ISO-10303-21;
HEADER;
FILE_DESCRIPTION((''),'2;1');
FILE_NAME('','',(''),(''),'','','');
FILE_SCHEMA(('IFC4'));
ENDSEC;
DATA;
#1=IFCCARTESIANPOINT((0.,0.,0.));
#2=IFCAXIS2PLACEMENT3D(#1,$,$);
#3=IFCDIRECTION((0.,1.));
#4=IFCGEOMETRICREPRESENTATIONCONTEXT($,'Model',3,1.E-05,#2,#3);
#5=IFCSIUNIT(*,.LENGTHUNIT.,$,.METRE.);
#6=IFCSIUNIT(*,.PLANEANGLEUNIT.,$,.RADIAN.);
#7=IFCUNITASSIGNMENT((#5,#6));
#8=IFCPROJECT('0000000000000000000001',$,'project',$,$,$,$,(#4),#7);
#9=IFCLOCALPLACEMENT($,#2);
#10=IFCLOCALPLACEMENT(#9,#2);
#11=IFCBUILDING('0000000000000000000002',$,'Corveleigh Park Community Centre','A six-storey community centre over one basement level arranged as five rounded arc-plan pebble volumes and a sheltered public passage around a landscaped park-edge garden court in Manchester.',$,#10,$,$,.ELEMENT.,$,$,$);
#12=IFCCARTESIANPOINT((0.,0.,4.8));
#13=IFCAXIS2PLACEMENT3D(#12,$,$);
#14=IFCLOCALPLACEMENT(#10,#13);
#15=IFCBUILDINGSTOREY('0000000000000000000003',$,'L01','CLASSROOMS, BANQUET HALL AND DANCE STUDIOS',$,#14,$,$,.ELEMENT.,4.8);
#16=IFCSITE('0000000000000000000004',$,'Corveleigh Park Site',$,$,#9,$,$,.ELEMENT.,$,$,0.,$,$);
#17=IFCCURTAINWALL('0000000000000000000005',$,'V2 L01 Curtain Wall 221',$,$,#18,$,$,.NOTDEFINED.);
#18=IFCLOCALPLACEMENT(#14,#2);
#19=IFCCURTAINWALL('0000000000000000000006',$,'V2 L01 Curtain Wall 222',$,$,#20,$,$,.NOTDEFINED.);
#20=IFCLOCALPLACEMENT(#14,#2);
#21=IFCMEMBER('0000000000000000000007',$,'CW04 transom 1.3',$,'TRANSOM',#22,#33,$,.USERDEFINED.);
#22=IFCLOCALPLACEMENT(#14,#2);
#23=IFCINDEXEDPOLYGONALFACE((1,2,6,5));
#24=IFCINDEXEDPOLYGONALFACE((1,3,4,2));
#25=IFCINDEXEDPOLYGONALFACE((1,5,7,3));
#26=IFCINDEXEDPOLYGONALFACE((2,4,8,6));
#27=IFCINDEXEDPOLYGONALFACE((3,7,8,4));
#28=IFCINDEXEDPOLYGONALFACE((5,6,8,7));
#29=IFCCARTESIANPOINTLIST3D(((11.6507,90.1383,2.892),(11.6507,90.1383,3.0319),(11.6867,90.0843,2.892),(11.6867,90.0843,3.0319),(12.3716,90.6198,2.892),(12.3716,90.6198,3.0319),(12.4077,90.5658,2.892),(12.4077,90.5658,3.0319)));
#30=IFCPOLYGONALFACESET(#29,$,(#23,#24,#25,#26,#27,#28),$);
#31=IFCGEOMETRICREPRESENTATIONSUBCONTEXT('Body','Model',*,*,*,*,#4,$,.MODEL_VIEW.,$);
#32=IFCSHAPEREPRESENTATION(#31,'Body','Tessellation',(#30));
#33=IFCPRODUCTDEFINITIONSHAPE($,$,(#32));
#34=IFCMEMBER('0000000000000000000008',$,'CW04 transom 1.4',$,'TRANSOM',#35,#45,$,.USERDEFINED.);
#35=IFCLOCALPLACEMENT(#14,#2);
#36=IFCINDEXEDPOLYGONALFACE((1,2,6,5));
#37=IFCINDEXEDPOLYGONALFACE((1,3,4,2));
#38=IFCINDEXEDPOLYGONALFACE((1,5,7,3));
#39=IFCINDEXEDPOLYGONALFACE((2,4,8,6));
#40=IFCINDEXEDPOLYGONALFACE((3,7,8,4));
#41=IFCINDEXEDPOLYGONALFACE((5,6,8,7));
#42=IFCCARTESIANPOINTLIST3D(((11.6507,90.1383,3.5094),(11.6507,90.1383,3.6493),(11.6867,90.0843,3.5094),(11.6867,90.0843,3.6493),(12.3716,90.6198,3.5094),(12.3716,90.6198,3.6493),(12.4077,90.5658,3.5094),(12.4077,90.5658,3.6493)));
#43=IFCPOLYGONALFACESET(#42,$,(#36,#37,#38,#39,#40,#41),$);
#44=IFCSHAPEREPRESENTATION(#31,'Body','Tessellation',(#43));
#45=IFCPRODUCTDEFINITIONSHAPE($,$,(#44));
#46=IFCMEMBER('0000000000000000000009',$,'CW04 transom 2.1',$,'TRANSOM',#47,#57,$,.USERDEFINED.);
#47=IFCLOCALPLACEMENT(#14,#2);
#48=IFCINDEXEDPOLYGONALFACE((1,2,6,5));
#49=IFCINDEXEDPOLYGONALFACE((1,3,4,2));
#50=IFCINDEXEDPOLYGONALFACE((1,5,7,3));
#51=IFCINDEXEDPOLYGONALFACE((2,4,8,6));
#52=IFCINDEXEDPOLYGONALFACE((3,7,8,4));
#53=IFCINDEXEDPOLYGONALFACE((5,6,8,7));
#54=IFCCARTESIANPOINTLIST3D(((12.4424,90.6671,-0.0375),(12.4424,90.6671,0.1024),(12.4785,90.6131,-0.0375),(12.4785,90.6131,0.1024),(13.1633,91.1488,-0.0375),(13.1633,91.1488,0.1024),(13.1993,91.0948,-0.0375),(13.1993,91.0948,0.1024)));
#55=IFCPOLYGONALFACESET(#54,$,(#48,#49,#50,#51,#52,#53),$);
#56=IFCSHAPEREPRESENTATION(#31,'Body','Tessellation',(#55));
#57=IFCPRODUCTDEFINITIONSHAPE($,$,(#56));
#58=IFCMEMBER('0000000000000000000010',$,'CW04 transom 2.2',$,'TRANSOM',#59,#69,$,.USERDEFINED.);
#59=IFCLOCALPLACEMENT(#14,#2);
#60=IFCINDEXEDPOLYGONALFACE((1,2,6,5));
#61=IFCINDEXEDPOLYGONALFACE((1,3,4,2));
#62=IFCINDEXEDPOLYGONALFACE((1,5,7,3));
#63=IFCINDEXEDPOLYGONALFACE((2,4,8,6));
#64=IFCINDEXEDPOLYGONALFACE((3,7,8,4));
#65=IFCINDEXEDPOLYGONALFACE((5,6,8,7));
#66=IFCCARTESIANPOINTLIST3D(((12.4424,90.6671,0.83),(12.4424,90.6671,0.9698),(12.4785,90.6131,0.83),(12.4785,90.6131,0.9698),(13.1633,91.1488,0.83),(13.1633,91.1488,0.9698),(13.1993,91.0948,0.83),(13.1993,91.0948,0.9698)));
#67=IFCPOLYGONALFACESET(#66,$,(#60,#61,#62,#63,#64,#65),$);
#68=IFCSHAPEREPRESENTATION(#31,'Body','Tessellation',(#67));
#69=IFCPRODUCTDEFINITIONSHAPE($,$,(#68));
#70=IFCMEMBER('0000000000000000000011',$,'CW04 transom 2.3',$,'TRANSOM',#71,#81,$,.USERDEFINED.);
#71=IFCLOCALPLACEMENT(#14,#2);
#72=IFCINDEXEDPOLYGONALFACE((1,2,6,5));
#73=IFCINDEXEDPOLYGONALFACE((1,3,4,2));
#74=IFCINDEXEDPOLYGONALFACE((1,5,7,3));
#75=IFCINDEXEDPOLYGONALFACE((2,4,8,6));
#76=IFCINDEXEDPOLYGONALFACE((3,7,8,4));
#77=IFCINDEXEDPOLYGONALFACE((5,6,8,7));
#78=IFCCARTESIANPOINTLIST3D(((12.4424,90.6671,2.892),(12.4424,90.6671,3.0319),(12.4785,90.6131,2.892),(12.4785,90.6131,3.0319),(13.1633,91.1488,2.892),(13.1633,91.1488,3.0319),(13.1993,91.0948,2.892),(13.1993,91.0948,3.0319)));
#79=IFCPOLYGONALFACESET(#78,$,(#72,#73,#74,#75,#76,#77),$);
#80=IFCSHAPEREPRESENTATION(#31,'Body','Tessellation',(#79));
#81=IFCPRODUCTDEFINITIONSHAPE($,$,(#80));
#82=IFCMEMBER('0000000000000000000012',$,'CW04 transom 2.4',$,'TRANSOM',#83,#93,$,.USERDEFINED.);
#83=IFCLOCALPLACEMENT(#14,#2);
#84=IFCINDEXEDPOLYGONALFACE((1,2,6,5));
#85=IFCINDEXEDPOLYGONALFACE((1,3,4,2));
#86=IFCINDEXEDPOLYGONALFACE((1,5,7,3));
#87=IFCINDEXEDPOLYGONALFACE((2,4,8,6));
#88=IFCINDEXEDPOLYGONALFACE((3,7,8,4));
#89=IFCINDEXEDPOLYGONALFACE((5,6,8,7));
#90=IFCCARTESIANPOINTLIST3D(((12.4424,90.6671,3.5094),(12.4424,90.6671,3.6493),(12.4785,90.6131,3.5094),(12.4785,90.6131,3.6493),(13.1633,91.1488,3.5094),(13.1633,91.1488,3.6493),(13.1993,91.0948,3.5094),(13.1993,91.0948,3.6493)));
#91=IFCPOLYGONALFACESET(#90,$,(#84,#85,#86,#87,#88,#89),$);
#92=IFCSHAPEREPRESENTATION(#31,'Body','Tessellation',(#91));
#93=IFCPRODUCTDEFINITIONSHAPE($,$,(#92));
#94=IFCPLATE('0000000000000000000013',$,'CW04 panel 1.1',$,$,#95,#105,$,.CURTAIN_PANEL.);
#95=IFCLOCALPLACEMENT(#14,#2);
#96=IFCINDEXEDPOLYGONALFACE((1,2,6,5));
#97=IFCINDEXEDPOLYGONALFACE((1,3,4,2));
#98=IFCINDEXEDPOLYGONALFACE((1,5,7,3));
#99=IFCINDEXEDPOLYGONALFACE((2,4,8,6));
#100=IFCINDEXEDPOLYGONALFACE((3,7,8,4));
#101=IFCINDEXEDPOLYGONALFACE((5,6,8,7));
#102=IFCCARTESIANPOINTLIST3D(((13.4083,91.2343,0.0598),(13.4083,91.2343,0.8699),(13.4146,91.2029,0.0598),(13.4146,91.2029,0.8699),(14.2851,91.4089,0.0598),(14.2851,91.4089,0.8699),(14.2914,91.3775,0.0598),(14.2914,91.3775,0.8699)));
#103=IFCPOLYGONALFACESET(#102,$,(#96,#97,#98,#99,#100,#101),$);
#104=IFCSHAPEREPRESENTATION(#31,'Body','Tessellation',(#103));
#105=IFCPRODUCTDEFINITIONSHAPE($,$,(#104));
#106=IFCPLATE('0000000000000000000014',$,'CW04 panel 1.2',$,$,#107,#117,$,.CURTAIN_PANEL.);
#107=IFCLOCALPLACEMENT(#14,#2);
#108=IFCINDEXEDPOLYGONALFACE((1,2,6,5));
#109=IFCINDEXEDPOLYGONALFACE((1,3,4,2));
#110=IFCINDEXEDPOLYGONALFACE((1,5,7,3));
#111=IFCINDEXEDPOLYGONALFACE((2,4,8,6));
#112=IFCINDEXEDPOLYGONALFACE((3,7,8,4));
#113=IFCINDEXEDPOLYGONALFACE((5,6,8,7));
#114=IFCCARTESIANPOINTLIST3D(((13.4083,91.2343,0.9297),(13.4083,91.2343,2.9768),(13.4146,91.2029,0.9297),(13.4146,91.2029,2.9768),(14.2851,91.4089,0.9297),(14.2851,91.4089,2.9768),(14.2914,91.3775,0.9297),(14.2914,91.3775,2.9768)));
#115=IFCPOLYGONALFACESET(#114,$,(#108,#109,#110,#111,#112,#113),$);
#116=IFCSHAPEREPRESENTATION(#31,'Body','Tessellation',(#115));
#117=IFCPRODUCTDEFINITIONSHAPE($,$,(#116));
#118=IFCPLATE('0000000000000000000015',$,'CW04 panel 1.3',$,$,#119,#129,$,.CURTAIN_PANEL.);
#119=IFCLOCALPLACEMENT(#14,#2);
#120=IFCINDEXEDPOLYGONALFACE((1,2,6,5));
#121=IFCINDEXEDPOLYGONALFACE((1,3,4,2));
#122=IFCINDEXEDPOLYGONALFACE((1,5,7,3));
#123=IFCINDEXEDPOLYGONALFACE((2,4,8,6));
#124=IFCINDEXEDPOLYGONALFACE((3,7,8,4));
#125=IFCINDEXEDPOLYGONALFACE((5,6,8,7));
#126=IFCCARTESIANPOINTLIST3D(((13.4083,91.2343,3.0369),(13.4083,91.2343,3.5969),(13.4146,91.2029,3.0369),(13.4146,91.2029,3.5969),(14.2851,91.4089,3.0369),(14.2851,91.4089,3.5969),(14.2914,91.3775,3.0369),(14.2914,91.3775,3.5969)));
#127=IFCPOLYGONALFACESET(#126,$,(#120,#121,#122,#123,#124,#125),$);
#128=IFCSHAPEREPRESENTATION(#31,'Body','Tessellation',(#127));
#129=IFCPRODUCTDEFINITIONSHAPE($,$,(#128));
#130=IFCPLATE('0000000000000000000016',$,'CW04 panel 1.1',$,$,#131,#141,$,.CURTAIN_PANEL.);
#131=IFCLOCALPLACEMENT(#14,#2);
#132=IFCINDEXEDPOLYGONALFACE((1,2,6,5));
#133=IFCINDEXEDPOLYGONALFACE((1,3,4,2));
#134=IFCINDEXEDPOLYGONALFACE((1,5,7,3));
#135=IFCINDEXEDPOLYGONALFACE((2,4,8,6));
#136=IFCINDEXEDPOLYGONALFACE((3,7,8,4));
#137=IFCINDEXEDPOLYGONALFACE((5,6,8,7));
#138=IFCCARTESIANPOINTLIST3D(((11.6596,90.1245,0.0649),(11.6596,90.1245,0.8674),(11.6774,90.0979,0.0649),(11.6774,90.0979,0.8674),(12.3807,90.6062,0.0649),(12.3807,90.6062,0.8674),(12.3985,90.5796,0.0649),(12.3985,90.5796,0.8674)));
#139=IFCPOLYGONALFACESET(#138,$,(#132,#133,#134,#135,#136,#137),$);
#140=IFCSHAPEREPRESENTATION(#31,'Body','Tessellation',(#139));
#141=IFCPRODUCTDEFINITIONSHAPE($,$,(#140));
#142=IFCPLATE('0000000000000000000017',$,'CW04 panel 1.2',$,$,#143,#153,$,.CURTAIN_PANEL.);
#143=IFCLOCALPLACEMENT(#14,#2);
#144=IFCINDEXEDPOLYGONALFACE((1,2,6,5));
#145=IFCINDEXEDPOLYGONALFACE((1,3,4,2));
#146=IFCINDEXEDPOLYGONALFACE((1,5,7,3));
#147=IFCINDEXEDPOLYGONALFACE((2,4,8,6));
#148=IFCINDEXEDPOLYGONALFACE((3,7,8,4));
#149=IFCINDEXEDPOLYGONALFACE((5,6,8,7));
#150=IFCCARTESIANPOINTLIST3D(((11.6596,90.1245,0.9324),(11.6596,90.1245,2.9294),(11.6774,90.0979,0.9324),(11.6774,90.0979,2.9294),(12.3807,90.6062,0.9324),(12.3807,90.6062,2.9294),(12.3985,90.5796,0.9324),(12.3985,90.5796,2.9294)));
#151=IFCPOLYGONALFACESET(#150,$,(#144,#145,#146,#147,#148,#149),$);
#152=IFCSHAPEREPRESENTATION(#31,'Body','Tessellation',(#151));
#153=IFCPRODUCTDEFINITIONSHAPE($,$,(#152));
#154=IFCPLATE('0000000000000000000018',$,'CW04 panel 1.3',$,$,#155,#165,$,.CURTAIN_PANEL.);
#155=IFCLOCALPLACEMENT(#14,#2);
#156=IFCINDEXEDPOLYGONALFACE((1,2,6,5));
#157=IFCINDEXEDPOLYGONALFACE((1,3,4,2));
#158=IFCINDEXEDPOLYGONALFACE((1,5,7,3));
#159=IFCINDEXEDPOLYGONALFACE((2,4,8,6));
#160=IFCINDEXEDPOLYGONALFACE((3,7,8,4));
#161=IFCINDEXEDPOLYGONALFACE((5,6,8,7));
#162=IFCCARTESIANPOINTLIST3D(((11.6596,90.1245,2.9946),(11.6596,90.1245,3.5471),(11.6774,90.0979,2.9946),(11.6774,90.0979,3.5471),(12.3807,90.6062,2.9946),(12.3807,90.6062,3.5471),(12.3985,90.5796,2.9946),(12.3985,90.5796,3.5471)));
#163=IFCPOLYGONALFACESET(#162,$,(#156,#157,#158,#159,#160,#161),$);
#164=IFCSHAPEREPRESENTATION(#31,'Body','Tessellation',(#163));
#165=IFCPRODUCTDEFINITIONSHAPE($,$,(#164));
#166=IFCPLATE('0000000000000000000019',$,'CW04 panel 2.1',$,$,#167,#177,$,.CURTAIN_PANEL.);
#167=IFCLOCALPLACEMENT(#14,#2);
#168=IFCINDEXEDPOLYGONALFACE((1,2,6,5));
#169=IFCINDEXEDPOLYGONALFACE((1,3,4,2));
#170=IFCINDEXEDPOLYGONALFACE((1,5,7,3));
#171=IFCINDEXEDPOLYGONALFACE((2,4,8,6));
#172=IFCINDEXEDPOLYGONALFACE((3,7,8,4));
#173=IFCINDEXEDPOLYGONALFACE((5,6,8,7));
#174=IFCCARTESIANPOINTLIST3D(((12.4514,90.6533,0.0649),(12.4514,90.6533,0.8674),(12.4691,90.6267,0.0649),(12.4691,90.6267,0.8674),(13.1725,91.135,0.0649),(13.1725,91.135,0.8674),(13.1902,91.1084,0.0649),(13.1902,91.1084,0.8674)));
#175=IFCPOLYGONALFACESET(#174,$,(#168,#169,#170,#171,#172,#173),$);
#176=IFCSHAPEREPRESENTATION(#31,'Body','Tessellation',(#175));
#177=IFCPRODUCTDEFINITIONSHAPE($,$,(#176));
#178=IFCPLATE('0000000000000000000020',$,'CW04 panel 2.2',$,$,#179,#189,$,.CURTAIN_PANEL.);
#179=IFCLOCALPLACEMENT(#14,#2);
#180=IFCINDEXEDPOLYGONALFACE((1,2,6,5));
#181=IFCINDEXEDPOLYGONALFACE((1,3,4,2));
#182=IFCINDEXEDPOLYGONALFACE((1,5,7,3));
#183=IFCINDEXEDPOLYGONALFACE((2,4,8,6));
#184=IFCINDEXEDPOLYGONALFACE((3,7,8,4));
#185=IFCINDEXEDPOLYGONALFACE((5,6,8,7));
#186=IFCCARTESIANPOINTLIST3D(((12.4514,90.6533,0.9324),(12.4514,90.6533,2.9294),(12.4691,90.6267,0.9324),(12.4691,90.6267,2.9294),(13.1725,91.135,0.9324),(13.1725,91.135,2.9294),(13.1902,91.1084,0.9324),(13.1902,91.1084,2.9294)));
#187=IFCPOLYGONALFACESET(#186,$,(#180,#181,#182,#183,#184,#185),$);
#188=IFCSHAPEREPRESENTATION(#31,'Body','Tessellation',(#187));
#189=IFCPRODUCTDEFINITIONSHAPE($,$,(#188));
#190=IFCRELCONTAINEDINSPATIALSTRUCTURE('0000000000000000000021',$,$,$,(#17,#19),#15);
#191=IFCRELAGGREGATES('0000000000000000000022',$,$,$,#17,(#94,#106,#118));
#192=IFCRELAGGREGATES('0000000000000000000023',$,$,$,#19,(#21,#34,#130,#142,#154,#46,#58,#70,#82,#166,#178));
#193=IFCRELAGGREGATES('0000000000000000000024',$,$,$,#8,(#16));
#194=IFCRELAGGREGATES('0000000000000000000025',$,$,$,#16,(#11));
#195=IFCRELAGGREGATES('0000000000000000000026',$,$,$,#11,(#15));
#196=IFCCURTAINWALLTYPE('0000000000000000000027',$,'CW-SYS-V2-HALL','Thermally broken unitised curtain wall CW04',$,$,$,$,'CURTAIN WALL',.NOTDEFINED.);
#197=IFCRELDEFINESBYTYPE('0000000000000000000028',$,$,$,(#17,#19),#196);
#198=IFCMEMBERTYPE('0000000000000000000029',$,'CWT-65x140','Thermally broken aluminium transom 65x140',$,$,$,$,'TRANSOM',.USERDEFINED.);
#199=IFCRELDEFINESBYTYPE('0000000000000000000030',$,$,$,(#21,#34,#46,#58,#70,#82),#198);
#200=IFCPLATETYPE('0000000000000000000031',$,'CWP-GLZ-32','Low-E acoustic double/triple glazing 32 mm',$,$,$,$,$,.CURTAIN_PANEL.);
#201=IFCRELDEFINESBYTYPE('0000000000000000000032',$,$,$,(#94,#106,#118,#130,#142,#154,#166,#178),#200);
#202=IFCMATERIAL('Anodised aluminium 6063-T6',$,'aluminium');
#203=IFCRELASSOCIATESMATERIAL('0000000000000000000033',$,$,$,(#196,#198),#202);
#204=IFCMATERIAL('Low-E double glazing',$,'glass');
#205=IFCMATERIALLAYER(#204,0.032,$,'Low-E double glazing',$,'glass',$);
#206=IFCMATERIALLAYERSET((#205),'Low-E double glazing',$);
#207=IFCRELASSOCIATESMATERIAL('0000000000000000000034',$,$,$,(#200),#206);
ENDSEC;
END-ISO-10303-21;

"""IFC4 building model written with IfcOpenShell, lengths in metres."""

from ifc_helpers import new_model, si_unit, direction, frame, origin, origin_2d, place, context, subcontext, project, spatial, rectangle, extrude, material, layer, layer_set, material_profile, profile_set, type_object, element, aggregate, save


model = new_model("IFC4")

# Units and contexts
model_context = context("Model", 3, precision=1e-05, world=origin(), true_north=direction((0.0, 1.0)))
body_context = subcontext(model_context, "Body", "Model", "MODEL_VIEW")
ifc_project = project(units=[si_unit("LENGTHUNIT", "METRE"), si_unit("PLANEANGLEUNIT", "RADIAN")], contexts=[model_context])

# Site, building, storey
site_placement = place(None, origin())
site = spatial("IfcSite", under=ifc_project, at=site_placement, Name="Corveleigh Park Site", CompositionType="ELEMENT", RefElevation=0.0)
building_placement = place(site_placement, origin())
building = spatial("IfcBuilding", under=site, at=building_placement, Name="Corveleigh Park Community Centre", Description="A six-storey community centre over one basement level arranged as five rounded arc-plan pebble volumes and a sheltered public passage around a landscaped park-edge garden court in Manchester.", CompositionType="ELEMENT")
storey_placement = place(building_placement, frame((0.0, 0.0, 4.8)))
storey = spatial("IfcBuildingStorey", under=building, at=storey_placement, Name="L01", Description="CLASSROOMS, BANQUET HALL AND DANCE STUDIOS", CompositionType="ELEMENT", Elevation=4.8)

# Curtain wall
ifc_material_1 = material(Name="Anodised aluminium 6063-T6", Category="aluminium")
curtain_wall_type = type_object("IfcCurtainWallType", Name="CW-SYS-V2-HALL", Description="Thermally broken unitised curtain wall CW04", ElementType="CURTAIN WALL", PredefinedType="NOTDEFINED", material=ifc_material_1)
curtain_wall_1_placement = place(storey_placement, origin())
curtain_wall_1 = element("IfcCurtainWall", 1, at=curtain_wall_1_placement, inside=storey, type_object=curtain_wall_type, Name="V2 L01 Curtain Wall 221", PredefinedType="NOTDEFINED")

# Curtain wall
curtain_wall_2_placement = place(storey_placement, origin())
curtain_wall_2 = element("IfcCurtainWall", 2, at=curtain_wall_2_placement, inside=storey, type_object=curtain_wall_type, Name="V2 L01 Curtain Wall 222", PredefinedType="NOTDEFINED")

# Members
ifc_material_profile_1 = material_profile(ifc_material_1, rectangle(XDim=0.0649, YDim=0.1399, at=origin_2d()), Name="ALU-T65x140", Category="aluminium")
ifc_profile_set_1 = profile_set([ifc_material_profile_1], Name="Anodised aluminium 6063-T6")
member_type_1 = type_object("IfcMemberType", Name="CWT-65x140", Description="Thermally broken aluminium transom 65x140", ElementType="TRANSOM", PredefinedType="USERDEFINED", material=ifc_profile_set_1)
member_1_placement = place(storey_placement, frame((11.6687, 90.1113, 2.9619), z_axis=(0.831617, 0.55535, 0.0), x_axis=(-0.55535, 0.831617, 0.0)))
member_1 = element("IfcMember", 3, at=member_1_placement, type_object=member_type_1, Name="CW04 transom 1.3", ObjectType="TRANSOM", PredefinedType="USERDEFINED", context=body_context, shape_type="SweptSolid", body=[
    extrude(rectangle(XDim=0.0649, YDim=0.1399, at=origin_2d()), origin(), (0.0, 0.0, 1.0), 0.8669),
])
member_2_placement = place(storey_placement, frame((11.6687, 90.1113, 3.5793), z_axis=(0.831617, 0.55535, 0.0), x_axis=(-0.55535, 0.831617, 0.0)))
member_2 = element("IfcMember", 4, at=member_2_placement, type_object=member_type_1, Name="CW04 transom 1.4", ObjectType="TRANSOM", PredefinedType="USERDEFINED", context=body_context, shape_type="SweptSolid", body=[
    extrude(rectangle(XDim=0.0649, YDim=0.1399, at=origin_2d()), origin(), (0.0, 0.0, 1.0), 0.8669),
])
member_3_placement = place(storey_placement, frame((12.4604, 90.6401, 0.0325), z_axis=(0.831487, 0.555545, 0.0), x_axis=(-0.555545, 0.831487, 0.0)))
member_3 = element("IfcMember", 5, at=member_3_placement, type_object=member_type_1, Name="CW04 transom 2.1", ObjectType="TRANSOM", PredefinedType="USERDEFINED", context=body_context, shape_type="SweptSolid", body=[
    extrude(rectangle(XDim=0.0649, YDim=0.1399, at=origin_2d()), origin(), (0.0, 0.0, 1.0), 0.8669),
])
member_4_placement = place(storey_placement, frame((12.4604, 90.6401, 0.8999), z_axis=(0.831487, 0.555545, 0.0), x_axis=(-0.555545, 0.831487, 0.0)))
member_4 = element("IfcMember", 6, at=member_4_placement, type_object=member_type_1, Name="CW04 transom 2.2", ObjectType="TRANSOM", PredefinedType="USERDEFINED", context=body_context, shape_type="SweptSolid", body=[
    extrude(rectangle(XDim=0.0649, YDim=0.1399, at=origin_2d()), origin(), (0.0, 0.0, 1.0), 0.8669),
])
member_5_placement = place(storey_placement, frame((12.4604, 90.6401, 2.9619), z_axis=(0.831487, 0.555545, 0.0), x_axis=(-0.555545, 0.831487, 0.0)))
member_5 = element("IfcMember", 7, at=member_5_placement, type_object=member_type_1, Name="CW04 transom 2.3", ObjectType="TRANSOM", PredefinedType="USERDEFINED", context=body_context, shape_type="SweptSolid", body=[
    extrude(rectangle(XDim=0.0649, YDim=0.1399, at=origin_2d()), origin(), (0.0, 0.0, 1.0), 0.8669),
])
member_6_placement = place(storey_placement, frame((12.4604, 90.6401, 3.5793), z_axis=(0.831487, 0.555545, 0.0), x_axis=(-0.555545, 0.831487, 0.0)))
member_6 = element("IfcMember", 8, at=member_6_placement, type_object=member_type_1, Name="CW04 transom 2.4", ObjectType="TRANSOM", PredefinedType="USERDEFINED", context=body_context, shape_type="SweptSolid", body=[
    extrude(rectangle(XDim=0.0649, YDim=0.1399, at=origin_2d()), origin(), (0.0, 0.0, 1.0), 0.8669),
])

# Plates
ifc_material_2 = material(Name="Low-E double glazing", Category="glass")
ifc_layer_1 = layer(ifc_material_2, 0.032, Name="Low-E double glazing", Category="glass")
ifc_layer_set_1 = layer_set([ifc_layer_1], Name="Low-E double glazing")
plate_type = type_object("IfcPlateType", Name="CWP-GLZ-32", Description="Low-E acoustic double/triple glazing 32 mm", PredefinedType="CURTAIN_PANEL", material=ifc_layer_set_1)
plate_1_placement = place(storey_placement, frame((13.8499, 91.3059, 0.0598), z_axis=(0.0, 0.0, 1.0), x_axis=(0.980751, 0.195263, 0.0)))
plate_1 = element("IfcPlate", 9, at=plate_1_placement, type_object=plate_type, Name="CW04 panel 1.1", PredefinedType="CURTAIN_PANEL", context=body_context, shape_type="SweptSolid", body=[
    extrude(rectangle(XDim=0.894, YDim=0.032, at=origin_2d()), origin(), (0.0, 0.0, 1.0), 0.8101),
])
plate_2_placement = place(storey_placement, frame((13.8499, 91.3059, 0.9297), z_axis=(0.0, 0.0, 1.0), x_axis=(0.980751, 0.195263, 0.0)))
plate_2 = element("IfcPlate", 10, at=plate_2_placement, type_object=plate_type, Name="CW04 panel 1.2", PredefinedType="CURTAIN_PANEL", context=body_context, shape_type="SweptSolid", body=[
    extrude(rectangle(XDim=0.894, YDim=0.032, at=origin_2d()), origin(), (0.0, 0.0, 1.0), 2.0471),
])
plate_3_placement = place(storey_placement, frame((13.8499, 91.3059, 3.0369), z_axis=(0.0, 0.0, 1.0), x_axis=(0.980751, 0.195263, 0.0)))
plate_3 = element("IfcPlate", 11, at=plate_3_placement, type_object=plate_type, Name="CW04 panel 1.3", PredefinedType="CURTAIN_PANEL", context=body_context, shape_type="SweptSolid", body=[
    extrude(rectangle(XDim=0.894, YDim=0.032, at=origin_2d()), origin(), (0.0, 0.0, 1.0), 0.5601),
])
aggregate(curtain_wall_1, [plate_1, plate_2, plate_3])
plate_4_placement = place(storey_placement, frame((12.0291, 90.3521, 0.0649), z_axis=(0.0, 0.0, 1.0), x_axis=(0.831509, 0.555512, 0.0)))
plate_4 = element("IfcPlate", 12, at=plate_4_placement, type_object=plate_type, Name="CW04 panel 1.1", PredefinedType="CURTAIN_PANEL", context=body_context, shape_type="SweptSolid", body=[
    extrude(rectangle(XDim=0.8672, YDim=0.032, at=origin_2d()), origin(), (0.0, 0.0, 1.0), 0.8025),
])
plate_5_placement = place(storey_placement, frame((12.0291, 90.3521, 0.9324), z_axis=(0.0, 0.0, 1.0), x_axis=(0.831509, 0.555512, 0.0)))
plate_5 = element("IfcPlate", 13, at=plate_5_placement, type_object=plate_type, Name="CW04 panel 1.2", PredefinedType="CURTAIN_PANEL", context=body_context, shape_type="SweptSolid", body=[
    extrude(rectangle(XDim=0.8672, YDim=0.032, at=origin_2d()), origin(), (0.0, 0.0, 1.0), 1.9971),
])
plate_6_placement = place(storey_placement, frame((12.0291, 90.3521, 2.9946), z_axis=(0.0, 0.0, 1.0), x_axis=(0.831509, 0.555512, 0.0)))
plate_6 = element("IfcPlate", 14, at=plate_6_placement, type_object=plate_type, Name="CW04 panel 1.3", PredefinedType="CURTAIN_PANEL", context=body_context, shape_type="SweptSolid", body=[
    extrude(rectangle(XDim=0.8672, YDim=0.032, at=origin_2d()), origin(), (0.0, 0.0, 1.0), 0.5525),
])
plate_7_placement = place(storey_placement, frame((12.8208, 90.8809, 0.0649), z_axis=(0.0, 0.0, 1.0), x_axis=(0.831509, 0.555512, 0.0)))
plate_7 = element("IfcPlate", 15, at=plate_7_placement, type_object=plate_type, Name="CW04 panel 2.1", PredefinedType="CURTAIN_PANEL", context=body_context, shape_type="SweptSolid", body=[
    extrude(rectangle(XDim=0.8672, YDim=0.032, at=origin_2d()), origin(), (0.0, 0.0, 1.0), 0.8025),
])
plate_8_placement = place(storey_placement, frame((12.8208, 90.8809, 0.9324), z_axis=(0.0, 0.0, 1.0), x_axis=(0.831509, 0.555512, 0.0)))
plate_8 = element("IfcPlate", 16, at=plate_8_placement, type_object=plate_type, Name="CW04 panel 2.2", PredefinedType="CURTAIN_PANEL", context=body_context, shape_type="SweptSolid", body=[
    extrude(rectangle(XDim=0.8672, YDim=0.032, at=origin_2d()), origin(), (0.0, 0.0, 1.0), 1.9971),
])
aggregate(curtain_wall_2, [member_1, member_2, plate_4, plate_5, plate_6, member_3, member_4, member_5, member_6, plate_7, plate_8])

save(model, "model.ifc")
